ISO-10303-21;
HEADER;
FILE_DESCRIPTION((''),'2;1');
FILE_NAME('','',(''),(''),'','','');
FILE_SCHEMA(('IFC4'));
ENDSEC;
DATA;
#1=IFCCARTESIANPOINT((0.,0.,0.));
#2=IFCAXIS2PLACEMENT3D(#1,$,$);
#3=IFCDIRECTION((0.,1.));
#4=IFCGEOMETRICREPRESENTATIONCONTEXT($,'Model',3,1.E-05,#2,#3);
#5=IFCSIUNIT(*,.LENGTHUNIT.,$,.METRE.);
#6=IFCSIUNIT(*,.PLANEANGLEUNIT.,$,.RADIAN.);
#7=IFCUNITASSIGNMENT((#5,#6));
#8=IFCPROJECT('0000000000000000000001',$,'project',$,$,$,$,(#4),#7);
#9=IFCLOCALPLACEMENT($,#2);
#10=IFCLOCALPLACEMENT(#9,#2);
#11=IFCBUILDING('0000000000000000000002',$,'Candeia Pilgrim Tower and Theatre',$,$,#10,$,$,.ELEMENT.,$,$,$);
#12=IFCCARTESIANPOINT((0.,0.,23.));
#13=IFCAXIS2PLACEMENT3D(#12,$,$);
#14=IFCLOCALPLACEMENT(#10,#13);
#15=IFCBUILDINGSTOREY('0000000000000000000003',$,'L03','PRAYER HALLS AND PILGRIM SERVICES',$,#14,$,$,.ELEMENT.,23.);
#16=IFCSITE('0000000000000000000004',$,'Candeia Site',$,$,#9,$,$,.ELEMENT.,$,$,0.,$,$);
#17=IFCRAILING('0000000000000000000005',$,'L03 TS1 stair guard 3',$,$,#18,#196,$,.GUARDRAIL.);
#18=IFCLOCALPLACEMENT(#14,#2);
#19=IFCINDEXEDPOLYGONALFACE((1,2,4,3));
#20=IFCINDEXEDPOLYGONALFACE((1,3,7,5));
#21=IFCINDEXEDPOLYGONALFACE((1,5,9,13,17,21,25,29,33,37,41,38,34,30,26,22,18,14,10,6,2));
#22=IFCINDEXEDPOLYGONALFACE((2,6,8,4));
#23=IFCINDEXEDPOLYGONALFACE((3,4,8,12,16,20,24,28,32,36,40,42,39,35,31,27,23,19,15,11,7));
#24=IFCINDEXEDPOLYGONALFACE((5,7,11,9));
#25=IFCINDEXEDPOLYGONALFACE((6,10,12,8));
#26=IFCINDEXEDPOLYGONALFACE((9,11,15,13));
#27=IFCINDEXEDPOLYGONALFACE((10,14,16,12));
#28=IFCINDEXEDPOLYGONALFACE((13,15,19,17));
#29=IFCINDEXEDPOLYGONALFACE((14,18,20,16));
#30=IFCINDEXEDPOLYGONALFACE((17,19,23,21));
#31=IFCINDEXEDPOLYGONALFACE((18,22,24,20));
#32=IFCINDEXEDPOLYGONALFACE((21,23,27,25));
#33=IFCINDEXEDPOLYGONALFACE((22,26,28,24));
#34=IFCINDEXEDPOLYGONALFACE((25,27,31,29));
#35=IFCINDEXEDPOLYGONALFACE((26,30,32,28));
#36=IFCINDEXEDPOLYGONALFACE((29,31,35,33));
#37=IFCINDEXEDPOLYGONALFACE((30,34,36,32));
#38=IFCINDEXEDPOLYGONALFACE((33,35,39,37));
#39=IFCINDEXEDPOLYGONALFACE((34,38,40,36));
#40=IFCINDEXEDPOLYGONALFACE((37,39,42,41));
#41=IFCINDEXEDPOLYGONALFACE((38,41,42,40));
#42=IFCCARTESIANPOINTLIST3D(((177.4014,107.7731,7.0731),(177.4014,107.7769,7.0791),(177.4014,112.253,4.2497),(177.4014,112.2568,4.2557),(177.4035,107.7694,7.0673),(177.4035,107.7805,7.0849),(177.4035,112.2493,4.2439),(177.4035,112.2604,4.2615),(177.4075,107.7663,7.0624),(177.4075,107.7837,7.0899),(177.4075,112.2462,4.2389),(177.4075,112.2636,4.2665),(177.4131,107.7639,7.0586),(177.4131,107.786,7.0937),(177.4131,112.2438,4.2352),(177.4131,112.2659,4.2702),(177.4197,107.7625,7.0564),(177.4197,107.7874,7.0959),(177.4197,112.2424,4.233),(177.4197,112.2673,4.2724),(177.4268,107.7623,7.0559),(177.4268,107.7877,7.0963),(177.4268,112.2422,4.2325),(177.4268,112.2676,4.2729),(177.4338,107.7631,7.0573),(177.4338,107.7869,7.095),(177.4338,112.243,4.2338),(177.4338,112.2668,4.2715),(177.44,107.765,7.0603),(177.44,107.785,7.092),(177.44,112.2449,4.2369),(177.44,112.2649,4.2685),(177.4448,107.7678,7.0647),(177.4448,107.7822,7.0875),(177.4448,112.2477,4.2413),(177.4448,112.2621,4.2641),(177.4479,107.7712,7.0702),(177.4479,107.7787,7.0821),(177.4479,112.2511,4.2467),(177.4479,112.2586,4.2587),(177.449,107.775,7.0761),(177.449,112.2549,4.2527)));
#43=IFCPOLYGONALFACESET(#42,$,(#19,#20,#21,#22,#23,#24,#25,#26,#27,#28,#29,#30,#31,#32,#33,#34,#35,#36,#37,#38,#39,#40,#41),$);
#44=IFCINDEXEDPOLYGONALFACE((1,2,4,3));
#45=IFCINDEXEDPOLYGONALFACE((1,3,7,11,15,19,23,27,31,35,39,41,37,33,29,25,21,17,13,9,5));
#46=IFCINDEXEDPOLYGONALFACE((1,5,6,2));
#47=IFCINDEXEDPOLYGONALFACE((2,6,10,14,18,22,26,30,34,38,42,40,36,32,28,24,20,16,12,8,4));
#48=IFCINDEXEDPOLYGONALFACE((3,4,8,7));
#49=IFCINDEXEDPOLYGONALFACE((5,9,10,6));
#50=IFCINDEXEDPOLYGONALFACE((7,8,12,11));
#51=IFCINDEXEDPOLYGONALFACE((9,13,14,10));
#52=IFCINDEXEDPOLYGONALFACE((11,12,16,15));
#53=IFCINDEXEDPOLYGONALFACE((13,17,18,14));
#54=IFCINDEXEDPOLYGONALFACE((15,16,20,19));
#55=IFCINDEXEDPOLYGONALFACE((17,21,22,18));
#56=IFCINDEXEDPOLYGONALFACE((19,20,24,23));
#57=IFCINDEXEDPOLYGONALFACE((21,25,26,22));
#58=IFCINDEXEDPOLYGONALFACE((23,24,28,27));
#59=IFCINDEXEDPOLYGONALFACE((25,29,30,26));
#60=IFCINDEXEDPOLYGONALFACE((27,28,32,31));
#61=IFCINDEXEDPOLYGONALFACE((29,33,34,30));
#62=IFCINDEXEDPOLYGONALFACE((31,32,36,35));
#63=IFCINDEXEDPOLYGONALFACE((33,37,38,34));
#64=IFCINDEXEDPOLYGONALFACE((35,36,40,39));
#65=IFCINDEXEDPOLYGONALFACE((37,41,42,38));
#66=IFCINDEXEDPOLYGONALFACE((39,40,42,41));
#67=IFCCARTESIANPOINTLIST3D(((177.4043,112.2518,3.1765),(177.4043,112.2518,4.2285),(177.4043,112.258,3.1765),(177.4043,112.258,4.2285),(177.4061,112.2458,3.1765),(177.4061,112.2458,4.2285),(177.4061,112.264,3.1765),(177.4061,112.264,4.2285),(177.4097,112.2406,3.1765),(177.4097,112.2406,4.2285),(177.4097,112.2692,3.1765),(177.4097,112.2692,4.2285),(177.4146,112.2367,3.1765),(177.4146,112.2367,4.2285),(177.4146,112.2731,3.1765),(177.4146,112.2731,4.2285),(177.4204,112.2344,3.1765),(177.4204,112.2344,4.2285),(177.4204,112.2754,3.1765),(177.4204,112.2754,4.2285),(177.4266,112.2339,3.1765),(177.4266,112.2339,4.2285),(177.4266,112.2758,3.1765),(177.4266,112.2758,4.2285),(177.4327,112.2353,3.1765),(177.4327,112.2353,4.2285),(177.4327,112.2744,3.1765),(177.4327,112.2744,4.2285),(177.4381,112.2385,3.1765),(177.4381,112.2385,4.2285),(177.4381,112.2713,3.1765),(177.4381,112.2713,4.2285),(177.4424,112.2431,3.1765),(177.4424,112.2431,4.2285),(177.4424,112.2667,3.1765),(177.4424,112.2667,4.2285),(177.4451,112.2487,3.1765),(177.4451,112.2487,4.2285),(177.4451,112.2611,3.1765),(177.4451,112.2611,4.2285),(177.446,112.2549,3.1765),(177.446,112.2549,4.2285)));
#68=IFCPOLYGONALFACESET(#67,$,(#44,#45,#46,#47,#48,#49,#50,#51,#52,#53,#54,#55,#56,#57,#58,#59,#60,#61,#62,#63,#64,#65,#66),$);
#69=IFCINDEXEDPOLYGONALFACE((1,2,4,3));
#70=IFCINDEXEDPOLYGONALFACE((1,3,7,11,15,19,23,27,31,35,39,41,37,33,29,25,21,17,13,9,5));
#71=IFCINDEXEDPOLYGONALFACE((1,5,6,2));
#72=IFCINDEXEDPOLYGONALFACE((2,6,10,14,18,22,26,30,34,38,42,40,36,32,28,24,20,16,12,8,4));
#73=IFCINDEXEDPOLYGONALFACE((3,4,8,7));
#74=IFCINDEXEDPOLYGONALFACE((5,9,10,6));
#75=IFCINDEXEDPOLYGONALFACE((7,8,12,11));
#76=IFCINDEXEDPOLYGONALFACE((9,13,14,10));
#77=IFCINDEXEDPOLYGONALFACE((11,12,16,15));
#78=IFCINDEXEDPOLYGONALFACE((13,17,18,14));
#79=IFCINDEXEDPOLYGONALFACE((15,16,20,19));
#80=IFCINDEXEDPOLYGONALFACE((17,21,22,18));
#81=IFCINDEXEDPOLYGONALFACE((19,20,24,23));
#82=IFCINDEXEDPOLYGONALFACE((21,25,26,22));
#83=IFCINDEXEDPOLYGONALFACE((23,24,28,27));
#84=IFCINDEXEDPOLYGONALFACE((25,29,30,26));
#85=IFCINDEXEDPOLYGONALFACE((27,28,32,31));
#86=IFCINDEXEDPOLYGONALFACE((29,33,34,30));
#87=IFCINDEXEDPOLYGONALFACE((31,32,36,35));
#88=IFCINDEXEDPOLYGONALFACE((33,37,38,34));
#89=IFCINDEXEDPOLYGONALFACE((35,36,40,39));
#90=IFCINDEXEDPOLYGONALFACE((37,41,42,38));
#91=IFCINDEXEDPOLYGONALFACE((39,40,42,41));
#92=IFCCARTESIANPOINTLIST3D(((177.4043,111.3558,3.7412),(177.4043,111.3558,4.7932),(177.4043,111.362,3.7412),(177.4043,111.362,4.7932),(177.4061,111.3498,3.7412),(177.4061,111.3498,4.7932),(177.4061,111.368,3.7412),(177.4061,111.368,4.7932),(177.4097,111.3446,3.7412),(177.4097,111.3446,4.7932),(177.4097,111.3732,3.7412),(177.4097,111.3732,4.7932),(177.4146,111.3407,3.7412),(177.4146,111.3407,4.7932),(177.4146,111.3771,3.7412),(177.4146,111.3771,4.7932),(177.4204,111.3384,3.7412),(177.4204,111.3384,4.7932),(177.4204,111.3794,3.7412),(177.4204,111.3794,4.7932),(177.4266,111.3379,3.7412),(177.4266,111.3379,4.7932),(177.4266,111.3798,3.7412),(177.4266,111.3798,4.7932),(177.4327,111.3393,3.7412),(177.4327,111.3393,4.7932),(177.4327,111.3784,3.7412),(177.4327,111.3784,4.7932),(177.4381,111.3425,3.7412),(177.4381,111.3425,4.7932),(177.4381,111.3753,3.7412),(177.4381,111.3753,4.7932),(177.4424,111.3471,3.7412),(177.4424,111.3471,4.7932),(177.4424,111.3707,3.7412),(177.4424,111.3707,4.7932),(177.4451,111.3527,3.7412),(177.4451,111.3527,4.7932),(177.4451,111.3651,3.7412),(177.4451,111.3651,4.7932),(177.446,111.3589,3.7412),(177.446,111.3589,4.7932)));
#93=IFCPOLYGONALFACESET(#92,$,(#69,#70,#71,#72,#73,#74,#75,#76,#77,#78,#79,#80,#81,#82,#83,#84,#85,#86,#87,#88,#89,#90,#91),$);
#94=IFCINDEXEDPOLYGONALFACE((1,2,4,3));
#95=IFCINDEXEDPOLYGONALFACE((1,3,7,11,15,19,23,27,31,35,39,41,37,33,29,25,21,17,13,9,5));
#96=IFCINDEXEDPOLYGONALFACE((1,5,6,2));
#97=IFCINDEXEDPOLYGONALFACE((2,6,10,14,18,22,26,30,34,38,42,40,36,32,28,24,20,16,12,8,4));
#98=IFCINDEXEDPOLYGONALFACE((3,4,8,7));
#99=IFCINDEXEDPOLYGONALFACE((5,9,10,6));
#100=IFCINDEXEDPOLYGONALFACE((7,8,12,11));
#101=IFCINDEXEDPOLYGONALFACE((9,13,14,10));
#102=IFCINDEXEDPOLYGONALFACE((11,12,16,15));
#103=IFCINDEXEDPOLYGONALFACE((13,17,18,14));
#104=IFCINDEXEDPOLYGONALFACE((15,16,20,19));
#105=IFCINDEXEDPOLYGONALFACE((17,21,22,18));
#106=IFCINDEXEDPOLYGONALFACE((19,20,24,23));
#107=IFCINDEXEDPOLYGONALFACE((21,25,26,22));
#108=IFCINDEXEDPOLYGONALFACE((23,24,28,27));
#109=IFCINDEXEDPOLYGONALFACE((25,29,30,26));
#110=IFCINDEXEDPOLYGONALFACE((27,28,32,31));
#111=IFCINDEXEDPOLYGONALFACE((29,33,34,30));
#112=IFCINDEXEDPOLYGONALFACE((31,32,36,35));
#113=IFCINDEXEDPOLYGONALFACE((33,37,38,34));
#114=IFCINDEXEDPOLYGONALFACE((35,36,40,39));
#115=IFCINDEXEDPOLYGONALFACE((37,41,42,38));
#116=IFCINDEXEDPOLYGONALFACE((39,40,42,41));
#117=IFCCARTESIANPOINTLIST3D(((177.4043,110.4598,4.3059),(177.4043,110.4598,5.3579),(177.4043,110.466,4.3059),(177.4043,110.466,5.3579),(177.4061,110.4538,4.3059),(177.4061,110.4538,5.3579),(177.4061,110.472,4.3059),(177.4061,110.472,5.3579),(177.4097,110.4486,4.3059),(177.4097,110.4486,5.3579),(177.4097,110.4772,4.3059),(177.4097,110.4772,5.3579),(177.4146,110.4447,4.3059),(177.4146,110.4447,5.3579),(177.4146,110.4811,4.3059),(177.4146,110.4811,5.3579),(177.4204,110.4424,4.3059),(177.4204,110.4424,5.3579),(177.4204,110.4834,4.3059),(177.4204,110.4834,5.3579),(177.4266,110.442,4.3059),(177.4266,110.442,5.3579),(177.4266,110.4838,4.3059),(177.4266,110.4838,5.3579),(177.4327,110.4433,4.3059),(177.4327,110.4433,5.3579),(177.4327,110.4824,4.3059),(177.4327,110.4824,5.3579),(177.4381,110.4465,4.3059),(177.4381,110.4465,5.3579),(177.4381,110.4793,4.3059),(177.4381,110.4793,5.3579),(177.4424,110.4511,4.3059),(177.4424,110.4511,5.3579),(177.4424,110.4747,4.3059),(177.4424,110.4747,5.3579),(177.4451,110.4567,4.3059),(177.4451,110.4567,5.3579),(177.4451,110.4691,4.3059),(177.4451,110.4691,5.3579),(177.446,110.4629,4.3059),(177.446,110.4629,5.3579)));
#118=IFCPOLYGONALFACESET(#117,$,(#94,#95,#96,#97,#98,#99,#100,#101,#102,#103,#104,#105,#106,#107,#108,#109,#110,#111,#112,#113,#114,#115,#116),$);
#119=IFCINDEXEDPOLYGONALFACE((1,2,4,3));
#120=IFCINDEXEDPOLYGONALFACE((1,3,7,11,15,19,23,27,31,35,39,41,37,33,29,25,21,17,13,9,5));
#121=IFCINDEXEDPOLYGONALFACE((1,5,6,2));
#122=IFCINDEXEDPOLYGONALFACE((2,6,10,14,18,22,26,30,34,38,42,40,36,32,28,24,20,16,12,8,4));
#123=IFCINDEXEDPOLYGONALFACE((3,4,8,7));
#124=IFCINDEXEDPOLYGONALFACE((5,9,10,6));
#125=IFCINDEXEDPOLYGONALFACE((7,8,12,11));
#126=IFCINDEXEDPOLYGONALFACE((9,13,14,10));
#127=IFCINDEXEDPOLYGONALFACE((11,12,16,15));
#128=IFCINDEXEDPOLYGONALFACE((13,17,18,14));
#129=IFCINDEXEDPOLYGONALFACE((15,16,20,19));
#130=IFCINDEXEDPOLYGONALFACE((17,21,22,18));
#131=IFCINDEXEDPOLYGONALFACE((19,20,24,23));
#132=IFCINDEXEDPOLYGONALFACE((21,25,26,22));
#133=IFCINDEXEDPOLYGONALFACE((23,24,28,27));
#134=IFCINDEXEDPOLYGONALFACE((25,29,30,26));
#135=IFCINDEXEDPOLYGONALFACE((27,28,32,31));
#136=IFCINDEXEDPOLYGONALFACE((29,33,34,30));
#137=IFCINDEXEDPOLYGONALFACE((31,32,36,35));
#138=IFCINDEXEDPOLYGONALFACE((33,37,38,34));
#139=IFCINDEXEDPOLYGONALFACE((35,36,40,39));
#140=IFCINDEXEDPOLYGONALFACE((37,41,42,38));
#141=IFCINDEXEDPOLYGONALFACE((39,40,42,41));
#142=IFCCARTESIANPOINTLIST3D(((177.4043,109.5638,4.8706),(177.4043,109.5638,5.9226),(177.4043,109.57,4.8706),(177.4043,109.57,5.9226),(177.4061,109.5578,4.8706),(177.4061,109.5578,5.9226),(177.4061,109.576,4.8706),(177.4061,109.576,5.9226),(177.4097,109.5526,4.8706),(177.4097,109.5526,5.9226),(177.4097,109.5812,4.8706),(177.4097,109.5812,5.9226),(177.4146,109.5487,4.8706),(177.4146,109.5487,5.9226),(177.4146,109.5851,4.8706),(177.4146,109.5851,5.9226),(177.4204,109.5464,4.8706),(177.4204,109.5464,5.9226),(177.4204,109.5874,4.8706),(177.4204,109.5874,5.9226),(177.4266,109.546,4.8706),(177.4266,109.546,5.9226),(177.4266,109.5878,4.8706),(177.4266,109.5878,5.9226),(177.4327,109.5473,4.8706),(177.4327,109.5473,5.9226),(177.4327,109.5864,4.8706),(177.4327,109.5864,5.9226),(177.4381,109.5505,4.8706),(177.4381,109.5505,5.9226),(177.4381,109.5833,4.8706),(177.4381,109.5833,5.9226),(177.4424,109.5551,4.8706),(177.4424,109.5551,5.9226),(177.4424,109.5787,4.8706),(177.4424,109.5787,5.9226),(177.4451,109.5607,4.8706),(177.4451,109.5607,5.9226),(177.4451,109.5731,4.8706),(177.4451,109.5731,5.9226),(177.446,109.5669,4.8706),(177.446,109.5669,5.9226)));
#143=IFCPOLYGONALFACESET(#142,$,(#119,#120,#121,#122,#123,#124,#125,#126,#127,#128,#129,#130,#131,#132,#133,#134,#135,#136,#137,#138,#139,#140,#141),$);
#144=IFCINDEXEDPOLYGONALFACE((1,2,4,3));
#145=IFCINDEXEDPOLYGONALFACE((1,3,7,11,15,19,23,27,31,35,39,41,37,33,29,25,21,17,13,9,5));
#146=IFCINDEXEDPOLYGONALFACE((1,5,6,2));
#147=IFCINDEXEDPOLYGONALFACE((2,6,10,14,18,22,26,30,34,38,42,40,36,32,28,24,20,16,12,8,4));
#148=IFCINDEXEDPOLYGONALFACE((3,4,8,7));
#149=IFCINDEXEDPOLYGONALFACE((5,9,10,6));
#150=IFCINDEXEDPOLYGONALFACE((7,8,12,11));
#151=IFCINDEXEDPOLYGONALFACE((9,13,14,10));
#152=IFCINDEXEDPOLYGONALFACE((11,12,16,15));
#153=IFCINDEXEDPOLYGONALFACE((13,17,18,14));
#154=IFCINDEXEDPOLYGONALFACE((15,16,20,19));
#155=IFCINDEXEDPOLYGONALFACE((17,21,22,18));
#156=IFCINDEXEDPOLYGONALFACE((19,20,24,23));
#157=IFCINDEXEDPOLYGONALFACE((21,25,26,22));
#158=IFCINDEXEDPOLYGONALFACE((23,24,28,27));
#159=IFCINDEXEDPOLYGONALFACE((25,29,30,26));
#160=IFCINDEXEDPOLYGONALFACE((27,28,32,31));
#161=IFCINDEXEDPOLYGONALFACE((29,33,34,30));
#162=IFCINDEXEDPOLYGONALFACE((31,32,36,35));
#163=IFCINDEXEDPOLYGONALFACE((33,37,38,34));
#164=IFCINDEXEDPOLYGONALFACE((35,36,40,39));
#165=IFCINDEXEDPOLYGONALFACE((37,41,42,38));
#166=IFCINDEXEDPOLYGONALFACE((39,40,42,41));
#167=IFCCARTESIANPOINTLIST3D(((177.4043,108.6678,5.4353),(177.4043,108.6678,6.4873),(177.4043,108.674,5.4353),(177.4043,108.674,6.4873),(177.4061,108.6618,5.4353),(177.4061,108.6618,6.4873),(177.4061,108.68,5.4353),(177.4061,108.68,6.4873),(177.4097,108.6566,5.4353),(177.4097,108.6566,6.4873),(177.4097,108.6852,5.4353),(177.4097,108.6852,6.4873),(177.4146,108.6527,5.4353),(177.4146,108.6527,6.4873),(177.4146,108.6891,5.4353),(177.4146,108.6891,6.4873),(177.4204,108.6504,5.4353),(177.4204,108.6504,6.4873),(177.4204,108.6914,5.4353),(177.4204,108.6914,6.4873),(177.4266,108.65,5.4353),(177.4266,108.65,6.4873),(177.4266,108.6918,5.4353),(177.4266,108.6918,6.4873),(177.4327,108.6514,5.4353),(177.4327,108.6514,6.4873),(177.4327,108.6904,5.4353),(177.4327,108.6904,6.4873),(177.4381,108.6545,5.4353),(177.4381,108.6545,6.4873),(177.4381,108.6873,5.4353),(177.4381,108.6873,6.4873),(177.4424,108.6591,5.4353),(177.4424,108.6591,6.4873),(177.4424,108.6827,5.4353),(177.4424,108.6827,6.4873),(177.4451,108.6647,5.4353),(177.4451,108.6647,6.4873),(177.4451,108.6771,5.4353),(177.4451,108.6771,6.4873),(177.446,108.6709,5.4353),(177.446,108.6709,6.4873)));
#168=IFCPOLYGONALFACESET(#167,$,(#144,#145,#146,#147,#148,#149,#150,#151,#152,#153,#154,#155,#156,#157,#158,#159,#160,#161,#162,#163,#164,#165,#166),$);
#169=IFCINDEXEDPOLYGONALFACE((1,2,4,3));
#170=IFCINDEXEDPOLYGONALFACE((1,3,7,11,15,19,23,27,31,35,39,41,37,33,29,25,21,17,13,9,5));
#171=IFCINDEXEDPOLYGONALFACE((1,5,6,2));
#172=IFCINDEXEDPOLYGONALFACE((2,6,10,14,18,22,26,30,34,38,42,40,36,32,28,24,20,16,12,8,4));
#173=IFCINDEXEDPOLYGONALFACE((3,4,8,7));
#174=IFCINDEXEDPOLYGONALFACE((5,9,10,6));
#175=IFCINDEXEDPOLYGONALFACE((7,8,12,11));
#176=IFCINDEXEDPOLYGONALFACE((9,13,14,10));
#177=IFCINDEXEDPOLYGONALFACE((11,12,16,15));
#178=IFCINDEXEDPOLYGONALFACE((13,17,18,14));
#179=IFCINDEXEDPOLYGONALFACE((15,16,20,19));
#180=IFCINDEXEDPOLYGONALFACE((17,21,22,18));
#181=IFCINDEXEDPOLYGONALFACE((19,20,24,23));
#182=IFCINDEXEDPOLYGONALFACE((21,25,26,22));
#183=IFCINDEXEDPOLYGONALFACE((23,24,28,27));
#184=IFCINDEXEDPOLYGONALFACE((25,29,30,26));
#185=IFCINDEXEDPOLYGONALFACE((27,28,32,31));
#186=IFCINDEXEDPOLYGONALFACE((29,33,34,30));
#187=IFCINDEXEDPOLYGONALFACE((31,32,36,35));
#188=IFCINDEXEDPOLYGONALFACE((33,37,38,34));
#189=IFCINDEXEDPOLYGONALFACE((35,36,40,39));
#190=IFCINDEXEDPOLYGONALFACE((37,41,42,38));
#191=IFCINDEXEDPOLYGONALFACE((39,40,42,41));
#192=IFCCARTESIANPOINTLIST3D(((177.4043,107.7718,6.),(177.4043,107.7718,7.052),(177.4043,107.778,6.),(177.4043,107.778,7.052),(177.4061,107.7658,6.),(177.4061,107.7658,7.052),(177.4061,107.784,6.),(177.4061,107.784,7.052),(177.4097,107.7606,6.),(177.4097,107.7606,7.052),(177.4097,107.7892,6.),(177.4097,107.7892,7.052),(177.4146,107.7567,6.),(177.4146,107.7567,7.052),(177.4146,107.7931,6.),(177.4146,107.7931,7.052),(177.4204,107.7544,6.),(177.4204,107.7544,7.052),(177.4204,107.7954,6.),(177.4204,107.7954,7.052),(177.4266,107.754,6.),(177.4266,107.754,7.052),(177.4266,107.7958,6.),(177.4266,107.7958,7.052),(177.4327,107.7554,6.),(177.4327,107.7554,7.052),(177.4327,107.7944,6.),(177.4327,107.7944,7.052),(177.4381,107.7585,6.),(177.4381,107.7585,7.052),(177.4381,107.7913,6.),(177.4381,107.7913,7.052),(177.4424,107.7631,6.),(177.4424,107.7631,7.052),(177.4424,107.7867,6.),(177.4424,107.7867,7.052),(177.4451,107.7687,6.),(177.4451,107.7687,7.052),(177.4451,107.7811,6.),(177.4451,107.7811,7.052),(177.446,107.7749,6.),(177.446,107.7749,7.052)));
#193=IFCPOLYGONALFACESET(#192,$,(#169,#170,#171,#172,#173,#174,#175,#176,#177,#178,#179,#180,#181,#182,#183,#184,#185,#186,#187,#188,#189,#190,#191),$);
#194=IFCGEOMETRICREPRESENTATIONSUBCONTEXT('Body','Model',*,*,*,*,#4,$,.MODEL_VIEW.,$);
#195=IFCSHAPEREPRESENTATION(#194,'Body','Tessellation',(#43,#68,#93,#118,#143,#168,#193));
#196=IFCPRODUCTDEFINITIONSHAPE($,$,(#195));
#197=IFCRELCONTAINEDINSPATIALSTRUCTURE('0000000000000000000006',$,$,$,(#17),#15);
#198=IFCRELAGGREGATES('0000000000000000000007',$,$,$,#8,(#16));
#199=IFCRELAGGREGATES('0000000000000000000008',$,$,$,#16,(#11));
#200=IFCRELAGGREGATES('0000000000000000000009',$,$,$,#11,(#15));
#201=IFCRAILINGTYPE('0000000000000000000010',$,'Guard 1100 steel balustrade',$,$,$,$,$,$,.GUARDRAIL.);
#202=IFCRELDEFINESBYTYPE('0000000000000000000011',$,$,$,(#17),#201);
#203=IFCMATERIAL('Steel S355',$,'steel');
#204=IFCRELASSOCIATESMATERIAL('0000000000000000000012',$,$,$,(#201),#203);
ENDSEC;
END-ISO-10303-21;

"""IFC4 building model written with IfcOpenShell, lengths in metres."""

from ifc_helpers import new_model, si_unit, direction, frame, origin, origin_2d, place, context, subcontext, project, spatial, circle, extrude, material, type_object, element, save


model = new_model("IFC4")

# Units and contexts
model_context = context("Model", 3, precision=1e-05, world=origin(), true_north=direction((0.0, 1.0)))
body_context = subcontext(model_context, "Body", "Model", "MODEL_VIEW")
ifc_project = project(units=[si_unit("LENGTHUNIT", "METRE"), si_unit("PLANEANGLEUNIT", "RADIAN")], contexts=[model_context])

# Site, building, storey
site_placement = place(None, origin())
site = spatial("IfcSite", under=ifc_project, at=site_placement, Name="Candeia Site", CompositionType="ELEMENT", RefElevation=0.0)
building_placement = place(site_placement, origin())
building = spatial("IfcBuilding", under=site, at=building_placement, Name="Candeia Pilgrim Tower and Theatre", CompositionType="ELEMENT")
storey_placement = place(building_placement, frame((0.0, 0.0, 23.0)))
storey = spatial("IfcBuildingStorey", under=building, at=storey_placement, Name="L03", Description="PRAYER HALLS AND PILGRIM SERVICES", CompositionType="ELEMENT", Elevation=23.0)

# Railing
ifc_material_1 = material(Name="Steel S355", Category="steel")
railing_type_1 = type_object("IfcRailingType", Name="Guard 1100 steel balustrade", PredefinedType="GUARDRAIL", material=ifc_material_1)
railing_1_placement = place(storey_placement, frame((177.425, 112.2549, 3.1765)))
element("IfcRailing", 1, at=railing_1_placement, inside=storey, type_object=railing_type_1, Name="L03 TS1 stair guard 3", PredefinedType="GUARDRAIL", context=body_context, shape_type="SweptSolid", body=[
    extrude(circle(Radius=0.0239, at=origin_2d()), frame((0.0, 0.0, 1.0762), z_axis=(0.0, -0.845998, 0.533186), x_axis=(1.0, 0.0, 0.0)), (0.0, 0.0, 1.0), 5.2954),
    extrude(circle(Radius=0.021, at=origin_2d()), origin(), (0.0, 0.0, 1.0), 1.052),
    extrude(circle(Radius=0.021, at=origin_2d()), frame((0.0, -0.896, 0.5647)), (0.0, 0.0, 1.0), 1.052),
    extrude(circle(Radius=0.021, at=origin_2d()), frame((0.0, -1.792, 1.1294)), (0.0, 0.0, 1.0), 1.052),
    extrude(circle(Radius=0.021, at=origin_2d()), frame((0.0, -2.688, 1.6941)), (0.0, 0.0, 1.0), 1.052),
    extrude(circle(Radius=0.021, at=origin_2d()), frame((0.0, -3.584, 2.2588)), (0.0, 0.0, 1.0), 1.052),
    extrude(circle(Radius=0.021, at=origin_2d()), frame((0.0, -4.48, 2.8235)), (0.0, 0.0, 1.0), 1.052),
])

save(model, "model.ifc")
